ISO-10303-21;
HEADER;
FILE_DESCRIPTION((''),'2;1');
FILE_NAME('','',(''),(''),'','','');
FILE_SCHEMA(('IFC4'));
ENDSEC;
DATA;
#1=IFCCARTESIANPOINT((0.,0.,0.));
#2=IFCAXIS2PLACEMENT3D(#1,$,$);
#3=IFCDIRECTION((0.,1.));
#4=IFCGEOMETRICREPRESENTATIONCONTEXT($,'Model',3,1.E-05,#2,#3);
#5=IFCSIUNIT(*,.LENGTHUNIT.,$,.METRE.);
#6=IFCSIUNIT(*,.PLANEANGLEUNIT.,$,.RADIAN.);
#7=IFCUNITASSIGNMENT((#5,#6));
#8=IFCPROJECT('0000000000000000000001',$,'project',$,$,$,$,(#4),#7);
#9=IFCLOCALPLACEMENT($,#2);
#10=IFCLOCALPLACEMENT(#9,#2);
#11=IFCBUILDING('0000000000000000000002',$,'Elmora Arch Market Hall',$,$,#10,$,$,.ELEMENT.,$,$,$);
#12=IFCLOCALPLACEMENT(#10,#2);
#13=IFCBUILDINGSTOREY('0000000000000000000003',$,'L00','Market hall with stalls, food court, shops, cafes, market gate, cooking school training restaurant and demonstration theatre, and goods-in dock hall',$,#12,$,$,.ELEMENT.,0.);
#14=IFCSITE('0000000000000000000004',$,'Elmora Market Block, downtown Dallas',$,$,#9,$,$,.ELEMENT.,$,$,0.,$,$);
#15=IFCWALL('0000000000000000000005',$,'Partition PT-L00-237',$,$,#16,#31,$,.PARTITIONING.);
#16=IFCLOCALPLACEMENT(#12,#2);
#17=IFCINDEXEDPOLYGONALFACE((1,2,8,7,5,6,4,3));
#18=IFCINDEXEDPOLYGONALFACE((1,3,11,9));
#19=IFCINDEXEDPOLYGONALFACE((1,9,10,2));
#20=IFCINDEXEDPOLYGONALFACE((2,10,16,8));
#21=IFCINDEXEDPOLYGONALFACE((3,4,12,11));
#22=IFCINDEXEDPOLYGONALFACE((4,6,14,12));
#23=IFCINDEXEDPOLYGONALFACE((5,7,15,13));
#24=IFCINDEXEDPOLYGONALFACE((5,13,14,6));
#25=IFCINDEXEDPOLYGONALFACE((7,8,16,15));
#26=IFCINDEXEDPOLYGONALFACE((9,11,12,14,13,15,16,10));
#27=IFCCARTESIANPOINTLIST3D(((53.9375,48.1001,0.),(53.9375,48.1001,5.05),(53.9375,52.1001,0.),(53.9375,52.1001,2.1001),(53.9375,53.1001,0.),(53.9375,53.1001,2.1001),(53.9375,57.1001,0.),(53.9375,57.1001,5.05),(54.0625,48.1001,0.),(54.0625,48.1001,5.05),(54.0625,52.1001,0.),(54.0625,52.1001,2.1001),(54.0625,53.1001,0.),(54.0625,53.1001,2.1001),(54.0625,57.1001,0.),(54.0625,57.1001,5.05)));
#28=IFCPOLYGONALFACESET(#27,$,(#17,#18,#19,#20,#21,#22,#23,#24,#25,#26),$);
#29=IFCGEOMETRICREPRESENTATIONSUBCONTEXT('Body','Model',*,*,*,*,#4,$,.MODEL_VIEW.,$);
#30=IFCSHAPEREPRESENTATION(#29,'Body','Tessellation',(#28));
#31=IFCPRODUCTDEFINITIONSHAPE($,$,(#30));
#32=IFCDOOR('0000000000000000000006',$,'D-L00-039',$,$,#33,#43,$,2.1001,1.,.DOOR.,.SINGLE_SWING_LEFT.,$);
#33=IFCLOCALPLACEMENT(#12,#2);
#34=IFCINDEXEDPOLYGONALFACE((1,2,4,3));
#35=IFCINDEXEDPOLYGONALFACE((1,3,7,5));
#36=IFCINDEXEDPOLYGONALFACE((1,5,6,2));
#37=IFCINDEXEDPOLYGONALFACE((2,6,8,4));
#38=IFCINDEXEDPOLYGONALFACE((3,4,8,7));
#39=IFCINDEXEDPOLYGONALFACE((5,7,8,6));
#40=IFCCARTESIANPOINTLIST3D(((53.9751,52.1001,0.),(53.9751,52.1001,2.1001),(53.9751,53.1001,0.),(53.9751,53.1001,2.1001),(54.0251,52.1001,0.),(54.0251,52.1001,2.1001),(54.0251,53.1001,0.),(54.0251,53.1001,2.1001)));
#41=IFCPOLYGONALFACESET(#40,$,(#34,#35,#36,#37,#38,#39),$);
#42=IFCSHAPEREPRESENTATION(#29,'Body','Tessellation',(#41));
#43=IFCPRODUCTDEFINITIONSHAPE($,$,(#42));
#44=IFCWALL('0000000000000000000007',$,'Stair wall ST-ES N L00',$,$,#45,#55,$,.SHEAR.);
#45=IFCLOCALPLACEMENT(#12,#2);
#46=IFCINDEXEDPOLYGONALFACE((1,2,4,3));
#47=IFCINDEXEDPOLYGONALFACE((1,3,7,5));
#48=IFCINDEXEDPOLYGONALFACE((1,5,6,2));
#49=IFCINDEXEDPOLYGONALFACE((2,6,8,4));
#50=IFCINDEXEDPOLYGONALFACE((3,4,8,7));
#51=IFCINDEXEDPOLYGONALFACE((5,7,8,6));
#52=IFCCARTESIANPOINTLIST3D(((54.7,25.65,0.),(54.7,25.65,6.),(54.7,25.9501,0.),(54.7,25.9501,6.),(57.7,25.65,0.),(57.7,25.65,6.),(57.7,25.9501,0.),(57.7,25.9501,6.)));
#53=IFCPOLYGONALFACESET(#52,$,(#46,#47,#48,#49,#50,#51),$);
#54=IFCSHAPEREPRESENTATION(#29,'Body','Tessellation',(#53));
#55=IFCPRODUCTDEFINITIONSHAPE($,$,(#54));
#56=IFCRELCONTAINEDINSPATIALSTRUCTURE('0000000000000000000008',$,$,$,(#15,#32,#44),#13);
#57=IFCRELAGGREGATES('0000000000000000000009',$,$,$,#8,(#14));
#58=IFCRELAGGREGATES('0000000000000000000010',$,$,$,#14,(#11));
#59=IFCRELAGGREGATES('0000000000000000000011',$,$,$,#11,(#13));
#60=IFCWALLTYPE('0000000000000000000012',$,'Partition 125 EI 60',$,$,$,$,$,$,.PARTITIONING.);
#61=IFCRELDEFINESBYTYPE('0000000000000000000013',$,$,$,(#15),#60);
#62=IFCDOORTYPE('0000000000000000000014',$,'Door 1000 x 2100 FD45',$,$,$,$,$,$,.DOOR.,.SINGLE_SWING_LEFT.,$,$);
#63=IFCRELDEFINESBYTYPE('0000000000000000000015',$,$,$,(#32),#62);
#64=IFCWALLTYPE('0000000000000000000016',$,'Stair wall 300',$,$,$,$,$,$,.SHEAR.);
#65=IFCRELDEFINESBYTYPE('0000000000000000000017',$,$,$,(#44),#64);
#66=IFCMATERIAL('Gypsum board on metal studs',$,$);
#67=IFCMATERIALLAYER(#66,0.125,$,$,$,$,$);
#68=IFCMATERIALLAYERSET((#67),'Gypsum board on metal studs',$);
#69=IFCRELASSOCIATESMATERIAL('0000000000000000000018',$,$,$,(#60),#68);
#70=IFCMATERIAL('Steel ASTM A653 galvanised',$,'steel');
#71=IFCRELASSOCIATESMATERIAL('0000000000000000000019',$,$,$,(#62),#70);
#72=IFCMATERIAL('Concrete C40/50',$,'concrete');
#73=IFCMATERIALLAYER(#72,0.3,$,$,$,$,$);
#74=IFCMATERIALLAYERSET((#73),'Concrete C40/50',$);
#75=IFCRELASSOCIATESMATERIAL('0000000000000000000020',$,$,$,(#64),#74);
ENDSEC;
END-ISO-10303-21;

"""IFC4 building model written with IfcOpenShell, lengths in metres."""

from ifc_helpers import new_model, si_unit, direction, frame, frame_2d, origin, place, context, subcontext, project, spatial, rectangle, extrude, material, layer, layer_set, type_object, element, fill, save


model = new_model("IFC4")

# Units and contexts
model_context = context("Model", 3, precision=1e-05, world=origin(), true_north=direction((0.0, 1.0)))
body_context = subcontext(model_context, "Body", "Model", "MODEL_VIEW")
ifc_project = project(units=[si_unit("LENGTHUNIT", "METRE"), si_unit("PLANEANGLEUNIT", "RADIAN")], contexts=[model_context])

# Site, building, storey
site_placement = place(None, origin())
site = spatial("IfcSite", under=ifc_project, at=site_placement, Name="Elmora Market Block, downtown Dallas", CompositionType="ELEMENT", RefElevation=0.0)
building_placement = place(site_placement, origin())
building = spatial("IfcBuilding", under=site, at=building_placement, Name="Elmora Arch Market Hall", CompositionType="ELEMENT")
storey_placement = place(building_placement, origin())
storey = spatial("IfcBuildingStorey", under=building, at=storey_placement, Name="L00", Description="Market hall with stalls, food court, shops, cafes, market gate, cooking school training restaurant and demonstration theatre, and goods-in dock hall", CompositionType="ELEMENT", Elevation=0.0)

# Shared definitions
ifc_material_1 = material(Name="Gypsum board on metal studs")
ifc_layer_1 = layer(ifc_material_1, 0.125)
ifc_layer_set_1 = layer_set([ifc_layer_1], Name="Gypsum board on metal studs")
wall_type_1 = type_object("IfcWallType", Name="Partition 125 EI 60", PredefinedType="PARTITIONING", material=ifc_layer_set_1)

# Wall, opening, door
ifc_material_2 = material(Name="Steel ASTM A653 galvanised", Category="steel")
door_type = type_object("IfcDoorType", Name="Door 1000 x 2100 FD45", OperationType="SINGLE_SWING_LEFT", PredefinedType="DOOR", material=ifc_material_2)
wall_1_placement = place(storey_placement, frame((54.0, 48.1001, 0.0), z_axis=(0.0, 0.0, 1.0), x_axis=(0.0, 1.0, 0.0)))
wall_1 = element("IfcWall", 1, at=wall_1_placement, inside=storey, type_object=wall_type_1, Name="Partition PT-L00-237", PredefinedType="PARTITIONING", context=body_context, shape_type="SweptSolid", body=[
    extrude(rectangle(XDim=9.0, YDim=0.125, at=frame_2d((4.5, 0.0))), origin(), (0.0, 0.0, 1.0), 5.05),
])
opening_1_placement = place(wall_1_placement, frame((4.0, 0.0, 0.0)))
opening_1 = element("IfcOpeningElement", 2, at=opening_1_placement, cuts=wall_1, PredefinedType="OPENING", context=body_context, shape_type="SweptSolid", body=[
    extrude(rectangle(XDim=1.0, YDim=2.1001, at=frame_2d((0.5, 1.05))), frame((0.0, 0.0725, 0.0), z_axis=(0.0, -1.0, 0.0), x_axis=(1.0, 0.0, 0.0)), (0.0, 0.0, 1.0), 0.145),
])
door_1_placement = place(opening_1_placement, origin())
door_1 = element("IfcDoor", 3, at=door_1_placement, inside=storey, type_object=door_type, Name="D-L00-039", OperationType="SINGLE_SWING_LEFT", OverallHeight=2.1001, OverallWidth=1.0, PredefinedType="DOOR", context=body_context, shape_type="SweptSolid", body=[
    extrude(rectangle(XDim=1.0, YDim=2.1001, at=frame_2d((0.5, 1.05))), frame((0.0, 0.0249, 0.0), z_axis=(0.0, -1.0, 0.0), x_axis=(1.0, 0.0, 0.0)), (0.0, 0.0, 1.0), 0.05),
])
fill(opening_1, door_1)

# Wall
ifc_material_3 = material(Name="Concrete C40/50", Category="concrete")
ifc_layer_2 = layer(ifc_material_3, 0.3)
ifc_layer_set_2 = layer_set([ifc_layer_2], Name="Concrete C40/50")
wall_type_2 = type_object("IfcWallType", Name="Stair wall 300", PredefinedType="SHEAR", material=ifc_layer_set_2)
wall_2_placement = place(storey_placement, frame((54.7, 25.8, 0.0), z_axis=(0.0, 0.0, 1.0), x_axis=(1.0, 0.0, 0.0)))
element("IfcWall", 4, at=wall_2_placement, inside=storey, type_object=wall_type_2, Name="Stair wall ST-ES N L00", PredefinedType="SHEAR", context=body_context, shape_type="SweptSolid", body=[
    extrude(rectangle(XDim=3.0, YDim=0.3, at=frame_2d((1.5, 0.0))), origin(), (0.0, 0.0, 1.0), 6.0),
])

save(model, "model.ifc")
